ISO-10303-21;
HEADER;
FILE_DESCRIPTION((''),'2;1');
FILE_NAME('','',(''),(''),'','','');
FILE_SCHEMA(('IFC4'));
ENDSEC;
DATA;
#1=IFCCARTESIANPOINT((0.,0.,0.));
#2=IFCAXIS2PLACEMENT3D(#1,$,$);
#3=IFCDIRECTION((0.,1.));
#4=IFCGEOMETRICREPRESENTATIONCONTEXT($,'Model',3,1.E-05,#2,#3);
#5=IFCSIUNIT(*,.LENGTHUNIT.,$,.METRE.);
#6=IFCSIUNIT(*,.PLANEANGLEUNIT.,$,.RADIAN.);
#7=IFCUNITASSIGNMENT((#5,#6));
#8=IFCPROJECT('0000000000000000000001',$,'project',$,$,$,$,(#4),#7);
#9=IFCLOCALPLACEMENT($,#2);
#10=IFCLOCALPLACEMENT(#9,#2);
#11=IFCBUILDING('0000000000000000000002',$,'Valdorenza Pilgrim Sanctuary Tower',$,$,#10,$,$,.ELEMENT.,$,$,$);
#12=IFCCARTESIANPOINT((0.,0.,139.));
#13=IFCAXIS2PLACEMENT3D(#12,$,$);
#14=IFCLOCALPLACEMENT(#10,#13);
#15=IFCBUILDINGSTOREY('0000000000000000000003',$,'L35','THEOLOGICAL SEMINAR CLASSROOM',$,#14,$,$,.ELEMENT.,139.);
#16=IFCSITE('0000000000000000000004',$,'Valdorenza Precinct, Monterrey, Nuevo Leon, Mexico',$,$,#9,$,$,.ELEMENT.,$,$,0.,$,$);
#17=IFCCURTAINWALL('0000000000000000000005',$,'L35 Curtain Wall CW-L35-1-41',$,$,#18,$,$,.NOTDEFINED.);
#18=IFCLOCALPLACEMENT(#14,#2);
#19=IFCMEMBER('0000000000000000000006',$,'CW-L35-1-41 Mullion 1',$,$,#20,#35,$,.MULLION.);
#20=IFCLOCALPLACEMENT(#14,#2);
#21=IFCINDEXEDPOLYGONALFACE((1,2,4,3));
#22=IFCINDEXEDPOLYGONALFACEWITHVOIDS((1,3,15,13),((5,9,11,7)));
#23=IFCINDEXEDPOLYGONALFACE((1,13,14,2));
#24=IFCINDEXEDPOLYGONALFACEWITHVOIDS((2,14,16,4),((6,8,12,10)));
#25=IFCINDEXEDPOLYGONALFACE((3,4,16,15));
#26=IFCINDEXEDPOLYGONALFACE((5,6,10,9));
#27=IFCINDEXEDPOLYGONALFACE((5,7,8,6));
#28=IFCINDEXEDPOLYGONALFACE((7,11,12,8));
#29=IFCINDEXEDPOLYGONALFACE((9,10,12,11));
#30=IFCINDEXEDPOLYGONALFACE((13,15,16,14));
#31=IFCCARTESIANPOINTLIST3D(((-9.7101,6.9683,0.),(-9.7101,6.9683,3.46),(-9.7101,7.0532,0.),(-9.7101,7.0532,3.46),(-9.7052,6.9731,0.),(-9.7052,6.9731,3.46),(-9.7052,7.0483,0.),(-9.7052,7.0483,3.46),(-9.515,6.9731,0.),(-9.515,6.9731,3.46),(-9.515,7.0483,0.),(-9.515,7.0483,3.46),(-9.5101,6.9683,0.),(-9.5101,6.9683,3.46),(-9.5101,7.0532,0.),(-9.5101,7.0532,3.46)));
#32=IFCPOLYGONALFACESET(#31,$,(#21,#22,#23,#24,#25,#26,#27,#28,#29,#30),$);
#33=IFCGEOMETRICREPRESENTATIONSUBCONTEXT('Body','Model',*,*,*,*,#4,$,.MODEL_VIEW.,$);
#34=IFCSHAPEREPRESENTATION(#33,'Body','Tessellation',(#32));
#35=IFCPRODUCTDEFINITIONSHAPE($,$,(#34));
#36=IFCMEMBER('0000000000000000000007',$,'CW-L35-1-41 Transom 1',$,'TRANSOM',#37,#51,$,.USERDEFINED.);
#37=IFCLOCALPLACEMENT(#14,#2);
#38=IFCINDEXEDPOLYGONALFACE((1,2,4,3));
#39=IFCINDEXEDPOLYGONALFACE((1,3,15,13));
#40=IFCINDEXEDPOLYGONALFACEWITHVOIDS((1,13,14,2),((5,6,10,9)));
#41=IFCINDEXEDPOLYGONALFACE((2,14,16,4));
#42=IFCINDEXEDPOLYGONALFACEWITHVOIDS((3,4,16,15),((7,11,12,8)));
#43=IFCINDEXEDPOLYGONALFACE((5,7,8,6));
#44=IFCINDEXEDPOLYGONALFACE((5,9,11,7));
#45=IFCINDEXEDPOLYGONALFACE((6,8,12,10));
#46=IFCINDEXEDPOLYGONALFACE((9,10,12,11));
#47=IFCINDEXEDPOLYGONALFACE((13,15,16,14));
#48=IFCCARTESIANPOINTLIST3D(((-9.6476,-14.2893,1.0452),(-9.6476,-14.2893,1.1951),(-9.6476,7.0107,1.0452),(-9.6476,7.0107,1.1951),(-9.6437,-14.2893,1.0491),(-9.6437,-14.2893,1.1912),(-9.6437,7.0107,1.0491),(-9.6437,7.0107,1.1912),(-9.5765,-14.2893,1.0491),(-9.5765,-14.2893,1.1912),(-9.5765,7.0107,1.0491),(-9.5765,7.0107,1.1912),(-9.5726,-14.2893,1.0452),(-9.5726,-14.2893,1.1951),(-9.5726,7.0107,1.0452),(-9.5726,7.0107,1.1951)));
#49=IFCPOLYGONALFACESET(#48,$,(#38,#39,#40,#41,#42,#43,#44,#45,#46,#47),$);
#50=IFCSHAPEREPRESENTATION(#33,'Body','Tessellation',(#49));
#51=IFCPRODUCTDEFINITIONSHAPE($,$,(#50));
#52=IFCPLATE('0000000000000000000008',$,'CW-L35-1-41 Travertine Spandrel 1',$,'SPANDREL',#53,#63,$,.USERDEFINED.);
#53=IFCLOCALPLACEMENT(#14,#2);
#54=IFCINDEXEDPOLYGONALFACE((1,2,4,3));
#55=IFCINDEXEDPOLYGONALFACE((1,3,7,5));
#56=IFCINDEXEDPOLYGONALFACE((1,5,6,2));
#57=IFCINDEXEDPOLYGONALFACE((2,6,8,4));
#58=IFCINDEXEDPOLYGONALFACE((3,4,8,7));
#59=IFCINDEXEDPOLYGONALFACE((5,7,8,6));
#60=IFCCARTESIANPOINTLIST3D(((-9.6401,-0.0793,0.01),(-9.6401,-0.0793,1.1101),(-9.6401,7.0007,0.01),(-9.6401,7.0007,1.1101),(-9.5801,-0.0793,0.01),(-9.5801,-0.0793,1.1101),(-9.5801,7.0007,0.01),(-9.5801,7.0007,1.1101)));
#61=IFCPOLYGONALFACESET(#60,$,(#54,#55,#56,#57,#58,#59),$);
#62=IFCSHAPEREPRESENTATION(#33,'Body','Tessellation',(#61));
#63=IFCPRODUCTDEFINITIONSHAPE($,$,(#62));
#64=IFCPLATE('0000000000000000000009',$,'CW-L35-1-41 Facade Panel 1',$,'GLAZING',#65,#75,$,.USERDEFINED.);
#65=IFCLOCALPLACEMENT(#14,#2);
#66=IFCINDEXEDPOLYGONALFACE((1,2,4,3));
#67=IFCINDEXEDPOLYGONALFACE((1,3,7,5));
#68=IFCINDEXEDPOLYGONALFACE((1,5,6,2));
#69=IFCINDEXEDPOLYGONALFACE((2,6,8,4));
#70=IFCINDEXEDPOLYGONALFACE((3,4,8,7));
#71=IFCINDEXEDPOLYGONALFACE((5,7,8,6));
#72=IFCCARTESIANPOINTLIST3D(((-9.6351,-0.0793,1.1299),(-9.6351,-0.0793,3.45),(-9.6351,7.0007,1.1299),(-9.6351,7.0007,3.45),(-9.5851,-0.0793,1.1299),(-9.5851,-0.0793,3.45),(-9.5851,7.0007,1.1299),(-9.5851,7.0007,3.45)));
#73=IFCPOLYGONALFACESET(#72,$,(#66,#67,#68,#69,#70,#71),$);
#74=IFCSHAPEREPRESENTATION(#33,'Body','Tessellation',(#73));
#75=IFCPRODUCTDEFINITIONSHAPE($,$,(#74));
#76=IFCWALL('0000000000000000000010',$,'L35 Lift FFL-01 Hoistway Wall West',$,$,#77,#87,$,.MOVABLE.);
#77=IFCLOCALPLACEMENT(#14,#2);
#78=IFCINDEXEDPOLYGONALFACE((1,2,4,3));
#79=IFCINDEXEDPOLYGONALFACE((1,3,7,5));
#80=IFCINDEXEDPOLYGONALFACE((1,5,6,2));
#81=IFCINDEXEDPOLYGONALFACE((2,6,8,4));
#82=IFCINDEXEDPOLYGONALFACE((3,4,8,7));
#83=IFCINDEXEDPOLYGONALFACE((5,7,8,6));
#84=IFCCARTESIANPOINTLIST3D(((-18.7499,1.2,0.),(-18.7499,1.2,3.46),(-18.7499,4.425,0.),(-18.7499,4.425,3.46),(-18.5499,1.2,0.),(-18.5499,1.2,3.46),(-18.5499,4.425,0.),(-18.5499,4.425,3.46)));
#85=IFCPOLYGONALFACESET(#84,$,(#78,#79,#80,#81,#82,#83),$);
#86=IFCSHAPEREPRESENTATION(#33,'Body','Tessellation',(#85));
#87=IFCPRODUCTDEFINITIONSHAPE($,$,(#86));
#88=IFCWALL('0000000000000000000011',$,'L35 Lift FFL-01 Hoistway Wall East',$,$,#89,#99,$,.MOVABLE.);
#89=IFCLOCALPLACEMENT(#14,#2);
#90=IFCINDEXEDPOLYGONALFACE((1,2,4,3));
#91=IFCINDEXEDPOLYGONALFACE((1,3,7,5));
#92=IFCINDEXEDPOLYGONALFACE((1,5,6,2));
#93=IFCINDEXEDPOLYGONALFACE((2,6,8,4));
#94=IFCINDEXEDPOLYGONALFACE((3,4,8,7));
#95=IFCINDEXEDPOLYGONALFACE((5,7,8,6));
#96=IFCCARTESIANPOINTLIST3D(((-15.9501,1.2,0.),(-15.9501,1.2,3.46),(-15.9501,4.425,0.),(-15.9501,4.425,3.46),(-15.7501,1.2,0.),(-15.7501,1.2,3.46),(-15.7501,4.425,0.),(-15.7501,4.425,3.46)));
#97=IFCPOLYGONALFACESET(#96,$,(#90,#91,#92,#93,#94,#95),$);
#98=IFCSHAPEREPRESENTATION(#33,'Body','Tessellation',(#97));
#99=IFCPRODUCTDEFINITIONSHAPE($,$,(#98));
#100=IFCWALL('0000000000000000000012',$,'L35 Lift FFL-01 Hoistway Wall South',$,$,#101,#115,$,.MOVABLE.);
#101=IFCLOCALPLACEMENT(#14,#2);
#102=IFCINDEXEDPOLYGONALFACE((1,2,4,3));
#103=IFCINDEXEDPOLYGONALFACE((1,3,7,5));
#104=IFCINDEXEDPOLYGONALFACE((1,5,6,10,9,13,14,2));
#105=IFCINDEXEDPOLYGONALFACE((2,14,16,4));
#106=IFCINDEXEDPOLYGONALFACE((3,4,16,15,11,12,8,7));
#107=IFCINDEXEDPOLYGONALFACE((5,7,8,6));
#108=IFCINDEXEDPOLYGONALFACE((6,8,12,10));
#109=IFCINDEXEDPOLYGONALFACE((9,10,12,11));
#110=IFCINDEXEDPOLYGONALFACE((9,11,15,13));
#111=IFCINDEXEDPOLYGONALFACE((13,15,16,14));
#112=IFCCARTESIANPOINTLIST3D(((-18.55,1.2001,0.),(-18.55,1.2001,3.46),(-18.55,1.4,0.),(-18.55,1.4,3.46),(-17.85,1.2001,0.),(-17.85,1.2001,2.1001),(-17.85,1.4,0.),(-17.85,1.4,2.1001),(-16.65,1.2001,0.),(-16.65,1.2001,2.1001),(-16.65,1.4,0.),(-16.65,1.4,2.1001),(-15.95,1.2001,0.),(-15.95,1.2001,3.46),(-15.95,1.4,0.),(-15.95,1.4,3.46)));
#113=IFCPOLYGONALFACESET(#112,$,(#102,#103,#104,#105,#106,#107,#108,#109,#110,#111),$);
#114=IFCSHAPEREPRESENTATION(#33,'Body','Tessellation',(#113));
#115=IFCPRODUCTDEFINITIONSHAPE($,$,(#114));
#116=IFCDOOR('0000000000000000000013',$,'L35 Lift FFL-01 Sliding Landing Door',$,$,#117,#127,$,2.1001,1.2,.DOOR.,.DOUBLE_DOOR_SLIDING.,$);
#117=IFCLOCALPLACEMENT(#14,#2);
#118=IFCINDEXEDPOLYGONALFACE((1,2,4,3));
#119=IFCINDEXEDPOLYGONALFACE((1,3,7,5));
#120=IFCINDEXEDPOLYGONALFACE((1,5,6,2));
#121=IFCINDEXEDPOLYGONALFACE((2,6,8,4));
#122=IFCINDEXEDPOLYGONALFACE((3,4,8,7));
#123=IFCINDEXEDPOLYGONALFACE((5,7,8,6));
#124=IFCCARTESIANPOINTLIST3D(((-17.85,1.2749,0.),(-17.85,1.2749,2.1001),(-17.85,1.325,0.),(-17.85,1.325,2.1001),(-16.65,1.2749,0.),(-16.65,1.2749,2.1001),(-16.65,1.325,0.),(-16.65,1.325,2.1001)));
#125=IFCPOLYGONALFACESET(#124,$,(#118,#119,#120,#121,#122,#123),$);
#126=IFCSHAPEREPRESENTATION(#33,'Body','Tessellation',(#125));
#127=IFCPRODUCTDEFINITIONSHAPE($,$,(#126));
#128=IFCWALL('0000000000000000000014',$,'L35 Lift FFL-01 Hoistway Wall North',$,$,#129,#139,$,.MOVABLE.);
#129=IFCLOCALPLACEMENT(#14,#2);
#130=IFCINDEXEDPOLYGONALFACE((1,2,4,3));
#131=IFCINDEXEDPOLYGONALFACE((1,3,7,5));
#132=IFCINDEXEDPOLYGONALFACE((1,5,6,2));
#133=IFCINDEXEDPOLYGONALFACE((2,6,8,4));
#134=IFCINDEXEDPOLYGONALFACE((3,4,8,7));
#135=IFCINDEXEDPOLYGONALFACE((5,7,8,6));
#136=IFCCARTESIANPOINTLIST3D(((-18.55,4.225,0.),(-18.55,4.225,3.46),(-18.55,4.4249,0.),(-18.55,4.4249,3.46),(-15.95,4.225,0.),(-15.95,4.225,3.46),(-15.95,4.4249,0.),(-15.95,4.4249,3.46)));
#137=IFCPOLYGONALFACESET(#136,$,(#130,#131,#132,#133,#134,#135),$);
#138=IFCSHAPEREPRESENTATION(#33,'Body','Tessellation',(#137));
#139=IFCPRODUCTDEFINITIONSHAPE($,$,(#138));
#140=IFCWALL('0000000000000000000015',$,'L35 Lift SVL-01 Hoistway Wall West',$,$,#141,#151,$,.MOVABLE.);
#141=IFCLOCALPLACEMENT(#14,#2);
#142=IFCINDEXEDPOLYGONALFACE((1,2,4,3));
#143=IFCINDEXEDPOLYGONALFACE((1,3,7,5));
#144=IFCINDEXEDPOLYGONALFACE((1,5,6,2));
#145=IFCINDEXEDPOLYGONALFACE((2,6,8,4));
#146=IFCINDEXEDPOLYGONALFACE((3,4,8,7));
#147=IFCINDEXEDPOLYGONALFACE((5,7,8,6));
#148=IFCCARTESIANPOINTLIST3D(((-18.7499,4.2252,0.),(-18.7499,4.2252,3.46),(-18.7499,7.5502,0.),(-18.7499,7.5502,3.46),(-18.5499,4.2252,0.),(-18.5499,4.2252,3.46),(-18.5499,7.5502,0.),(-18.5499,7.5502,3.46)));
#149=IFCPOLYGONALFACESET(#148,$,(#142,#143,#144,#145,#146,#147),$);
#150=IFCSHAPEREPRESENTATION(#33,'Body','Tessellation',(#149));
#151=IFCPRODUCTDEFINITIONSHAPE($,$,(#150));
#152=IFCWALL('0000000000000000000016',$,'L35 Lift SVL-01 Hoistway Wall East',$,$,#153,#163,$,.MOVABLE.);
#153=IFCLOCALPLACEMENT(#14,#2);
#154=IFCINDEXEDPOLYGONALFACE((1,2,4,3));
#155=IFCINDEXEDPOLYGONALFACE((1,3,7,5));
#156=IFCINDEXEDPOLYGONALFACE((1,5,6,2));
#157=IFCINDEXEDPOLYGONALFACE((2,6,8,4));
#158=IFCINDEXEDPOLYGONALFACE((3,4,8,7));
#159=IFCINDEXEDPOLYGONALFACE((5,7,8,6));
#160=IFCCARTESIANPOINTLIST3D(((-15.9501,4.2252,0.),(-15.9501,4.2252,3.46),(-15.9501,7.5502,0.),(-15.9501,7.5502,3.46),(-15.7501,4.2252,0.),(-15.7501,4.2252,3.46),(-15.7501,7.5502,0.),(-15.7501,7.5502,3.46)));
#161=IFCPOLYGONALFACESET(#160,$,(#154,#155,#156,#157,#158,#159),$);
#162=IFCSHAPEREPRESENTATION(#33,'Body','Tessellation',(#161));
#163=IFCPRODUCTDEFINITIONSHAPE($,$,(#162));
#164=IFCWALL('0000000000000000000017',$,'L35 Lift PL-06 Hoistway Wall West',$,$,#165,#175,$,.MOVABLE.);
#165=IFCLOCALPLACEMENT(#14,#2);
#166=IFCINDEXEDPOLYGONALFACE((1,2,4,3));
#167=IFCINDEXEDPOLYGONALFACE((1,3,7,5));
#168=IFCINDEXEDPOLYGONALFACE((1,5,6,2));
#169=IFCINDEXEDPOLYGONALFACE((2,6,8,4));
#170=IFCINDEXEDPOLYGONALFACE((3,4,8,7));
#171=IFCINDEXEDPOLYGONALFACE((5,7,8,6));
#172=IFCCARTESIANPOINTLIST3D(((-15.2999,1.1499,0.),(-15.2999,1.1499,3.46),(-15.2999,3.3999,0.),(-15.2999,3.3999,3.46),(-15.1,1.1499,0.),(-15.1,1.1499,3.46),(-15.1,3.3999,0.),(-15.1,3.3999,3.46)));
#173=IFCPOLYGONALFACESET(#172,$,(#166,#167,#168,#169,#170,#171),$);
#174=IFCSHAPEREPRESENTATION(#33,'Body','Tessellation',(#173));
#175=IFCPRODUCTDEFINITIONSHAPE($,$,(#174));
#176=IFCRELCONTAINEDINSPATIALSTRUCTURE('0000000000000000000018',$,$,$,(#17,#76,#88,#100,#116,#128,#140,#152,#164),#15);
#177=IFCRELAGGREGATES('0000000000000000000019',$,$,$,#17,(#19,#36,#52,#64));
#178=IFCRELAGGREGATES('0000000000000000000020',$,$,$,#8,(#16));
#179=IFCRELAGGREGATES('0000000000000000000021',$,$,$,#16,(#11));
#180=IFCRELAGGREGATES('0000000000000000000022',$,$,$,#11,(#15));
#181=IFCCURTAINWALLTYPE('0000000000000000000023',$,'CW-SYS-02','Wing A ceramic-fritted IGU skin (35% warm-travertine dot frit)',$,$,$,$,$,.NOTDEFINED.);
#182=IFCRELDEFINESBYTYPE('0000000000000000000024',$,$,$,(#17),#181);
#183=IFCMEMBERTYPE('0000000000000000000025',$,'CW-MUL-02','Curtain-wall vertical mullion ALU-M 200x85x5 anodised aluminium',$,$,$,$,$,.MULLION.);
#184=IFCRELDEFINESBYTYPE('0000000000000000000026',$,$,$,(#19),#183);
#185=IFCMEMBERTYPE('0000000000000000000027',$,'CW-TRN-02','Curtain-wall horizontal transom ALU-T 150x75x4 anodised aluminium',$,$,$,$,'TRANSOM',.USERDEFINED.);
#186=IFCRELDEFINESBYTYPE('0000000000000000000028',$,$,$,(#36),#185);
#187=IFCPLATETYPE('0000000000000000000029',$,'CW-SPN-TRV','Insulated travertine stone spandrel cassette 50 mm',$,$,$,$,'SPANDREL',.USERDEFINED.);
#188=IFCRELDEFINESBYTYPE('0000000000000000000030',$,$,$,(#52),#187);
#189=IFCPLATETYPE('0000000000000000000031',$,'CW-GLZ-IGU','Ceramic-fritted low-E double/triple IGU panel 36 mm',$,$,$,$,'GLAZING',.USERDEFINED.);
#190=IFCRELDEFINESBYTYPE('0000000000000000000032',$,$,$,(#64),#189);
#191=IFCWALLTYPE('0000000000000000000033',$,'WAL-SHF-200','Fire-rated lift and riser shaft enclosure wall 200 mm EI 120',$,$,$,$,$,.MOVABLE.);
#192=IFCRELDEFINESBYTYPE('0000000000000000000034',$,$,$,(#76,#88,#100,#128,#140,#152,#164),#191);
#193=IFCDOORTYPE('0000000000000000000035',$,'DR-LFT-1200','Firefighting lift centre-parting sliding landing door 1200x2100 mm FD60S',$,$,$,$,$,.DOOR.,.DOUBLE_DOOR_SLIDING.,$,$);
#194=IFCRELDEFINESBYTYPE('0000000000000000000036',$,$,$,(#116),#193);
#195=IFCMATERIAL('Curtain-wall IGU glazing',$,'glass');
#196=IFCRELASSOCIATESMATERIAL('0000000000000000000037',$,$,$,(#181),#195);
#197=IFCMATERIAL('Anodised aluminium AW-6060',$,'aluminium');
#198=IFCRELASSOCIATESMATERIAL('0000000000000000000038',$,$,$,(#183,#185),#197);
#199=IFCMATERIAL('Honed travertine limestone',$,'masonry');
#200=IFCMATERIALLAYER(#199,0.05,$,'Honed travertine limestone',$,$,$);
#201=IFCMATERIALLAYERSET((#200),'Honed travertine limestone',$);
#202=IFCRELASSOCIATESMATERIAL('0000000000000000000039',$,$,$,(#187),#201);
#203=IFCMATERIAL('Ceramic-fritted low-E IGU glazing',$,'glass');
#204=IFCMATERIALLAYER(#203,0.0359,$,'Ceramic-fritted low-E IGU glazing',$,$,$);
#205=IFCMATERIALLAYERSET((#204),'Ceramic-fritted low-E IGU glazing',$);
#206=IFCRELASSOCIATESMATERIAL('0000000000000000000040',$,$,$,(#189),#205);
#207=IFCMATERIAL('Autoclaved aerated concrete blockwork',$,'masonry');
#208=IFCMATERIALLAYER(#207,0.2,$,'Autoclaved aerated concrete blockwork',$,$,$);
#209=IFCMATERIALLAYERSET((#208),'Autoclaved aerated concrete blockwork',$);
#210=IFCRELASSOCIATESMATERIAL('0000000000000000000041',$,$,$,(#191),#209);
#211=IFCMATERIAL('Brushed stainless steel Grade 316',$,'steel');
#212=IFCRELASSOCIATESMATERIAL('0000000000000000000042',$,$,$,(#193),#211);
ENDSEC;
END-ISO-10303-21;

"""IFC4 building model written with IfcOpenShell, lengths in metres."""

from ifc_helpers import new_model, si_unit, direction, frame, frame_2d, origin, origin_2d, place, context, subcontext, project, spatial, rectangle, hollow_rectangle, extrude, source, transform, mapped, material, layer, layer_set, material_profile, profile_set, type_object, element, fill, aggregate, save


model = new_model("IFC4")

# Units and contexts
model_context = context("Model", 3, precision=1e-05, world=origin(), true_north=direction((0.0, 1.0)))
body_context = subcontext(model_context, "Body", "Model", "MODEL_VIEW")
ifc_project = project(units=[si_unit("LENGTHUNIT", "METRE"), si_unit("PLANEANGLEUNIT", "RADIAN")], contexts=[model_context])

# Site, building, storey
site_placement = place(None, origin())
site = spatial("IfcSite", under=ifc_project, at=site_placement, Name="Valdorenza Precinct, Monterrey, Nuevo Leon, Mexico", CompositionType="ELEMENT", RefElevation=0.0)
building_placement = place(site_placement, origin())
building = spatial("IfcBuilding", under=site, at=building_placement, Name="Valdorenza Pilgrim Sanctuary Tower", CompositionType="ELEMENT")
storey_placement = place(building_placement, frame((0.0, 0.0, 139.0)))
storey = spatial("IfcBuildingStorey", under=building, at=storey_placement, Name="L35", Description="THEOLOGICAL SEMINAR CLASSROOM", CompositionType="ELEMENT", Elevation=139.0)

# Curtain wall, members, plates
ifc_material_1 = material(Name="Curtain-wall IGU glazing", Category="glass")
curtain_wall_type = type_object("IfcCurtainWallType", Name="CW-SYS-02", Description="Wing A ceramic-fritted IGU skin (35% warm-travertine dot frit)", PredefinedType="NOTDEFINED", material=ifc_material_1)
curtain_wall_placement = place(storey_placement, origin())
curtain_wall = element("IfcCurtainWall", 1, at=curtain_wall_placement, inside=storey, type_object=curtain_wall_type, Name="L35 Curtain Wall CW-L35-1-41", PredefinedType="NOTDEFINED")
ifc_material_2 = material(Name="Anodised aluminium AW-6060", Category="aluminium")
ifc_material_profile_1 = material_profile(ifc_material_2, hollow_rectangle(XDim=0.085, YDim=0.2, WallThickness=0.0049, at=origin_2d()), Name="ALU-M 200x85x5")
ifc_profile_set_1 = profile_set([ifc_material_profile_1], Name="Anodised aluminium AW-6060")
member_type_1 = type_object("IfcMemberType", Name="CW-MUL-02", Description="Curtain-wall vertical mullion ALU-M 200x85x5 anodised aluminium", PredefinedType="MULLION", material=ifc_profile_set_1)
shared_shape_1 = source(origin(), body_context, "Body", "SweptSolid", [
    extrude(hollow_rectangle(XDim=0.085, YDim=0.2, WallThickness=0.0049, at=origin_2d()), origin(), (0.0, 0.0, 1.0), 3.46),
])
member_1_placement = place(storey_placement, frame((-9.6101, 7.0107, 0.0), z_axis=(0.0, 0.0, 1.0), x_axis=(0.0, -1.0, 0.0)))
member_1 = element("IfcMember", 2, at=member_1_placement, type_object=member_type_1, Name="CW-L35-1-41 Mullion 1", PredefinedType="MULLION", context=body_context, shape_type="MappedRepresentation", body=[
    mapped(shared_shape_1, transform((0.0, 0.0, 0.0), x_axis=(1.0, 0.0, 0.0), y_axis=(0.0, 1.0, 0.0), z_axis=(0.0, 0.0, 1.0), scale=1.0)),
])
ifc_material_profile_2 = material_profile(ifc_material_2, hollow_rectangle(XDim=0.075, YDim=0.1499, WallThickness=0.0039, at=origin_2d()), Name="ALU-T 150x75x4")
ifc_profile_set_2 = profile_set([ifc_material_profile_2], Name="Anodised aluminium AW-6060")
member_type_2 = type_object("IfcMemberType", Name="CW-TRN-02", Description="Curtain-wall horizontal transom ALU-T 150x75x4 anodised aluminium", ElementType="TRANSOM", PredefinedType="USERDEFINED", material=ifc_profile_set_2)
shared_shape_2 = source(origin(), body_context, "Body", "SweptSolid", [
    extrude(hollow_rectangle(XDim=0.075, YDim=0.1499, WallThickness=0.0039, at=origin_2d()), origin(), (0.0, 0.0, 1.0), 21.3),
])
member_2_placement = place(storey_placement, frame((-9.6101, 7.0107, 1.1201), z_axis=(0.0, -1.0, 0.0), x_axis=(1.0, 0.0, 0.0)))
member_2 = element("IfcMember", 3, at=member_2_placement, type_object=member_type_2, Name="CW-L35-1-41 Transom 1", ObjectType="TRANSOM", PredefinedType="USERDEFINED", context=body_context, shape_type="MappedRepresentation", body=[
    mapped(shared_shape_2, transform((0.0, 0.0, 0.0), x_axis=(1.0, 0.0, 0.0), y_axis=(0.0, 1.0, 0.0), z_axis=(0.0, 0.0, 1.0), scale=1.0)),
])
ifc_material_3 = material(Name="Honed travertine limestone", Category="masonry")
ifc_layer_1 = layer(ifc_material_3, 0.05, Name="Honed travertine limestone")
ifc_layer_set_1 = layer_set([ifc_layer_1], Name="Honed travertine limestone")
plate_type_1 = type_object("IfcPlateType", Name="CW-SPN-TRV", Description="Insulated travertine stone spandrel cassette 50 mm", ElementType="SPANDREL", PredefinedType="USERDEFINED", material=ifc_layer_set_1)
shared_shape_3 = source(origin(), body_context, "Body", "SweptSolid", [
    extrude(rectangle(XDim=7.0801, YDim=0.0601, at=origin_2d()), origin(), (0.0, 0.0, 1.0), 1.1001),
])
plate_1_placement = place(storey_placement, frame((-9.6101, 3.4607, 0.01), z_axis=(0.0, 0.0, 1.0), x_axis=(0.0, -1.0, 0.0)))
plate_1 = element("IfcPlate", 4, at=plate_1_placement, type_object=plate_type_1, Name="CW-L35-1-41 Travertine Spandrel 1", ObjectType="SPANDREL", PredefinedType="USERDEFINED", context=body_context, shape_type="MappedRepresentation", body=[
    mapped(shared_shape_3, transform((0.0, 0.0, 0.0), x_axis=(1.0, 0.0, 0.0), y_axis=(0.0, 1.0, 0.0), z_axis=(0.0, 0.0, 1.0), scale=1.0)),
])
ifc_material_4 = material(Name="Ceramic-fritted low-E IGU glazing", Category="glass")
ifc_layer_2 = layer(ifc_material_4, 0.0359, Name="Ceramic-fritted low-E IGU glazing")
ifc_layer_set_2 = layer_set([ifc_layer_2], Name="Ceramic-fritted low-E IGU glazing")
plate_type_2 = type_object("IfcPlateType", Name="CW-GLZ-IGU", Description="Ceramic-fritted low-E double/triple IGU panel 36 mm", ElementType="GLAZING", PredefinedType="USERDEFINED", material=ifc_layer_set_2)
shared_shape_4 = source(origin(), body_context, "Body", "SweptSolid", [
    extrude(rectangle(XDim=7.0801, YDim=0.05, at=origin_2d()), origin(), (0.0, 0.0, 1.0), 2.3201),
])
plate_2_placement = place(storey_placement, frame((-9.6101, 3.4607, 1.1299), z_axis=(0.0, 0.0, 1.0), x_axis=(0.0, -1.0, 0.0)))
plate_2 = element("IfcPlate", 5, at=plate_2_placement, type_object=plate_type_2, Name="CW-L35-1-41 Facade Panel 1", ObjectType="GLAZING", PredefinedType="USERDEFINED", context=body_context, shape_type="MappedRepresentation", body=[
    mapped(shared_shape_4, transform((0.0, 0.0, 0.0), x_axis=(1.0, 0.0, 0.0), y_axis=(0.0, 1.0, 0.0), z_axis=(0.0, 0.0, 1.0), scale=1.0)),
])
aggregate(curtain_wall, [member_1, member_2, plate_1, plate_2])

# Walls
ifc_material_5 = material(Name="Autoclaved aerated concrete blockwork", Category="masonry")
ifc_layer_3 = layer(ifc_material_5, 0.2, Name="Autoclaved aerated concrete blockwork")
ifc_layer_set_3 = layer_set([ifc_layer_3], Name="Autoclaved aerated concrete blockwork")
wall_type_1 = type_object("IfcWallType", Name="WAL-SHF-200", Description="Fire-rated lift and riser shaft enclosure wall 200 mm EI 120", PredefinedType="MOVABLE", material=ifc_layer_set_3)
for number, where, z_axis, x_axis, name in (
    (6, (-18.6499, 1.2, 0.0), (0.0, 0.0, 1.0), (0.0, 1.0, 0.0), "L35 Lift FFL-01 Hoistway Wall West"),
    (7, (-15.8501, 1.2, 0.0), (0.0, 0.0, 1.0), (0.0, 1.0, 0.0), "L35 Lift FFL-01 Hoistway Wall East"),
):
    element("IfcWall", number, at=place(storey_placement, frame(where, z_axis=z_axis, x_axis=x_axis)), inside=storey, type_object=wall_type_1, Name=name, PredefinedType="MOVABLE", context=body_context, shape_type="SweptSolid", body=[
        extrude(rectangle(XDim=3.2251, YDim=0.2, at=frame_2d((1.6125, 0.0))), origin(), (0.0, 0.0, 1.0), 3.46),
    ])

# Wall, opening, door
wall_1_placement = place(storey_placement, frame((-18.55, 1.3, 0.0), z_axis=(0.0, 0.0, 1.0), x_axis=(1.0, 0.0, 0.0)))
wall_1 = element("IfcWall", 8, at=wall_1_placement, inside=storey, type_object=wall_type_1, Name="L35 Lift FFL-01 Hoistway Wall South", PredefinedType="MOVABLE", context=body_context, shape_type="SweptSolid", body=[
    extrude(rectangle(XDim=2.6001, YDim=0.2, at=frame_2d((1.3, 0.0))), origin(), (0.0, 0.0, 1.0), 3.46),
])
opening_1_placement = place(wall_1_placement, frame((0.7, 0.0, 0.0)))
opening_1 = element("IfcOpeningElement", 9, at=opening_1_placement, cuts=wall_1, PredefinedType="OPENING", context=body_context, shape_type="SweptSolid", body=[
    extrude(rectangle(XDim=1.2, YDim=2.1001, at=frame_2d((0.6001, 1.05))), frame((0.0, 0.1147, 0.0), z_axis=(0.0, -1.0, 0.0), x_axis=(1.0, 0.0, 0.0)), (0.0, 0.0, 1.0), 0.2297),
])
ifc_material_6 = material(Name="Brushed stainless steel Grade 316", Category="steel")
door_type_1 = type_object("IfcDoorType", Name="DR-LFT-1200", Description="Firefighting lift centre-parting sliding landing door 1200x2100 mm FD60S", OperationType="DOUBLE_DOOR_SLIDING", PredefinedType="DOOR", material=ifc_material_6)
door_1_placement = place(opening_1_placement, origin())
door_1 = element("IfcDoor", 10, at=door_1_placement, inside=storey, type_object=door_type_1, Name="L35 Lift FFL-01 Sliding Landing Door", OperationType="DOUBLE_DOOR_SLIDING", OverallHeight=2.1001, OverallWidth=1.2, PredefinedType="DOOR", context=body_context, shape_type="SweptSolid", body=[
    extrude(rectangle(XDim=1.2, YDim=2.1001, at=frame_2d((0.6001, 1.05))), frame((0.0, 0.0249, 0.0), z_axis=(0.0, -1.0, 0.0), x_axis=(1.0, 0.0, 0.0)), (0.0, 0.0, 1.0), 0.05),
])
fill(opening_1, door_1)

# Walls
wall_2_placement = place(storey_placement, frame((-18.55, 4.325, 0.0), z_axis=(0.0, 0.0, 1.0), x_axis=(1.0, 0.0, 0.0)))
element("IfcWall", 11, at=wall_2_placement, inside=storey, type_object=wall_type_1, Name="L35 Lift FFL-01 Hoistway Wall North", PredefinedType="MOVABLE", context=body_context, shape_type="SweptSolid", body=[
    extrude(rectangle(XDim=2.6001, YDim=0.2, at=frame_2d((1.3, 0.0))), origin(), (0.0, 0.0, 1.0), 3.46),
])
for number, where, z_axis, x_axis, name in (
    (12, (-18.6499, 4.2251, 0.0), (0.0, 0.0, 1.0), (0.0, 1.0, 0.0), "L35 Lift SVL-01 Hoistway Wall West"),
    (13, (-15.8501, 4.2251, 0.0), (0.0, 0.0, 1.0), (0.0, 1.0, 0.0), "L35 Lift SVL-01 Hoistway Wall East"),
):
    element("IfcWall", number, at=place(storey_placement, frame(where, z_axis=z_axis, x_axis=x_axis)), inside=storey, type_object=wall_type_1, Name=name, PredefinedType="MOVABLE", context=body_context, shape_type="SweptSolid", body=[
        extrude(rectangle(XDim=3.325, YDim=0.2, at=frame_2d((1.6626, 0.0))), origin(), (0.0, 0.0, 1.0), 3.46),
    ])
wall_3_placement = place(storey_placement, frame((-15.2, 1.1499, 0.0), z_axis=(0.0, 0.0, 1.0), x_axis=(0.0, 1.0, 0.0)))
element("IfcWall", 14, at=wall_3_placement, inside=storey, type_object=wall_type_1, Name="L35 Lift PL-06 Hoistway Wall West", PredefinedType="MOVABLE", context=body_context, shape_type="SweptSolid", body=[
    extrude(rectangle(XDim=2.25, YDim=0.2, at=frame_2d((1.125, 0.0))), origin(), (0.0, 0.0, 1.0), 3.46),
])

save(model, "model.ifc")
